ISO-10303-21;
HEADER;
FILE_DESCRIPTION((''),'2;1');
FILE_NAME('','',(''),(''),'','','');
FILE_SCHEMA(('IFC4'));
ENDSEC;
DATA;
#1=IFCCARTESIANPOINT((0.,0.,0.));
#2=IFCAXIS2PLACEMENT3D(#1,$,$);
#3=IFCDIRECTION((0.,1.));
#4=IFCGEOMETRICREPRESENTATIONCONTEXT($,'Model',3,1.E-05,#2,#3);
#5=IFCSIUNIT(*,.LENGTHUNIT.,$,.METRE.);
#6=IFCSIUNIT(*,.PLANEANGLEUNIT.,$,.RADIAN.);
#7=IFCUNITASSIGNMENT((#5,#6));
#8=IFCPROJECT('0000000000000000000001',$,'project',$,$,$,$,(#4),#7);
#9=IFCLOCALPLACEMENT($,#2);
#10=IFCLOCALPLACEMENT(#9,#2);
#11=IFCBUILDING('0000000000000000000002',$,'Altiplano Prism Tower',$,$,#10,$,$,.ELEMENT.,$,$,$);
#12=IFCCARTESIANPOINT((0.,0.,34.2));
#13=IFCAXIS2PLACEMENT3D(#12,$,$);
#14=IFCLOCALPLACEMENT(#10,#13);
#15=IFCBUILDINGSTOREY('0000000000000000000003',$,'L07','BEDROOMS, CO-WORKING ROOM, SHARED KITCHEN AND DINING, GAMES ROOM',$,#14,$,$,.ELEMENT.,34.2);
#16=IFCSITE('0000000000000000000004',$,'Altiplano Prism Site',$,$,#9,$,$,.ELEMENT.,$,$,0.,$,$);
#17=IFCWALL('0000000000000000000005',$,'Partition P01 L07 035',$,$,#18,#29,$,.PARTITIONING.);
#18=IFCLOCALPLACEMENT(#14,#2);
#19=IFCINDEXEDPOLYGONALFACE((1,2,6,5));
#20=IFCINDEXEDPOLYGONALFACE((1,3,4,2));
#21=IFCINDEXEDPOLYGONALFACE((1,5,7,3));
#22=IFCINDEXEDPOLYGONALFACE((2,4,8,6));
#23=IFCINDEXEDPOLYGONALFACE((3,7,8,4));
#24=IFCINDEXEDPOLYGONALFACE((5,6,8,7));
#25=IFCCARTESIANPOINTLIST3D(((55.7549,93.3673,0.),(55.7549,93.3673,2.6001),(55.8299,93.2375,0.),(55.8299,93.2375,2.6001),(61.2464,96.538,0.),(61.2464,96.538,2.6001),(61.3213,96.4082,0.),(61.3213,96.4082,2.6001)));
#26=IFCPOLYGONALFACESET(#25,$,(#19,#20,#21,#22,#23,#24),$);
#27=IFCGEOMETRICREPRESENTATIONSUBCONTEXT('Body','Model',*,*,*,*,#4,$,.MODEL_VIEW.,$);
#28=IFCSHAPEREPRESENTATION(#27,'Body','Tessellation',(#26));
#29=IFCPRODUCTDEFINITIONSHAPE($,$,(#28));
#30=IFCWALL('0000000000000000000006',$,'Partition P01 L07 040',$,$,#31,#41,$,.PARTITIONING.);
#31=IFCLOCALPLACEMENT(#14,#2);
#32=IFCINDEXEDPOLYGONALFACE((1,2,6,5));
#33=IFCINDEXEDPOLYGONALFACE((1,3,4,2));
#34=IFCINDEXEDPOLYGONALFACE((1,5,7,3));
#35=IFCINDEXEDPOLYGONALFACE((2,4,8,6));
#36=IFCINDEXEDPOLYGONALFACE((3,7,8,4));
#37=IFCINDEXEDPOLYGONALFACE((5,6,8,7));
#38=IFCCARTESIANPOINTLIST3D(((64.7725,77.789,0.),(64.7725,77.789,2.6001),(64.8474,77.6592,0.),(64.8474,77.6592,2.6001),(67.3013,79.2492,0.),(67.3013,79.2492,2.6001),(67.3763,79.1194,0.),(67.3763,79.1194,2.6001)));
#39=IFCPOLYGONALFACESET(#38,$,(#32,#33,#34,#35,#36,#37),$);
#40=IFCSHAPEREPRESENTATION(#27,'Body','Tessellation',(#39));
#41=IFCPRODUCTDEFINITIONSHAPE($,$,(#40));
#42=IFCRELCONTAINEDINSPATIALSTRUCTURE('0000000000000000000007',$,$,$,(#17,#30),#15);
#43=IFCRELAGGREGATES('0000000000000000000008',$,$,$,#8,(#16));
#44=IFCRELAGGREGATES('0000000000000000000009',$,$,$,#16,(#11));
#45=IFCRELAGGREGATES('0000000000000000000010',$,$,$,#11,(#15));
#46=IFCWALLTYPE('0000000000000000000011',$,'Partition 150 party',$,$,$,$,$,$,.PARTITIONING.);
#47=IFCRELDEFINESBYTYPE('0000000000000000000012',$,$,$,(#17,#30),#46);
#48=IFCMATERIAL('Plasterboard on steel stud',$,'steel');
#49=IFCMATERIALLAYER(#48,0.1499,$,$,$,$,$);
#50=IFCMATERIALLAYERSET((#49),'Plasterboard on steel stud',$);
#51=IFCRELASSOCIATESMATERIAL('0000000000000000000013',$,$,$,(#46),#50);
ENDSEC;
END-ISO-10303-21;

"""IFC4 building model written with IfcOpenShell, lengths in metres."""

from ifc_helpers import new_model, si_unit, direction, frame, frame_2d, origin, place, context, subcontext, project, spatial, rectangle, extrude, material, layer, layer_set, type_object, element, save


model = new_model("IFC4")

# Units and contexts
model_context = context("Model", 3, precision=1e-05, world=origin(), true_north=direction((0.0, 1.0)))
body_context = subcontext(model_context, "Body", "Model", "MODEL_VIEW")
ifc_project = project(units=[si_unit("LENGTHUNIT", "METRE"), si_unit("PLANEANGLEUNIT", "RADIAN")], contexts=[model_context])

# Site, building, storey
site_placement = place(None, origin())
site = spatial("IfcSite", under=ifc_project, at=site_placement, Name="Altiplano Prism Site", CompositionType="ELEMENT", RefElevation=0.0)
building_placement = place(site_placement, origin())
building = spatial("IfcBuilding", under=site, at=building_placement, Name="Altiplano Prism Tower", CompositionType="ELEMENT")
storey_placement = place(building_placement, frame((0.0, 0.0, 34.2)))
storey = spatial("IfcBuildingStorey", under=building, at=storey_placement, Name="L07", Description="BEDROOMS, CO-WORKING ROOM, SHARED KITCHEN AND DINING, GAMES ROOM", CompositionType="ELEMENT", Elevation=34.2)

# Shared definitions
ifc_material_1 = material(Name="Plasterboard on steel stud", Category="steel")

# Walls
ifc_layer_1 = layer(ifc_material_1, 0.1499)
ifc_layer_set_1 = layer_set([ifc_layer_1], Name="Plasterboard on steel stud")
wall_type_1 = type_object("IfcWallType", Name="Partition 150 party", PredefinedType="PARTITIONING", material=ifc_layer_set_1)
wall_1_placement = place(storey_placement, frame((55.7925, 93.3025, 0.0), z_axis=(0.0, 0.0, 1.0), x_axis=(0.866014, 0.500019, 0.0)))
element("IfcWall", 1, at=wall_1_placement, inside=storey, type_object=wall_type_1, Name="Partition P01 L07 035", PredefinedType="PARTITIONING", context=body_context, shape_type="SweptSolid", body=[
    extrude(rectangle(XDim=6.3411, YDim=0.1499, at=frame_2d((3.1704, 0.0))), origin(), (0.0, 0.0, 1.0), 2.6001),
])
wall_2_placement = place(storey_placement, frame((64.8101, 77.7241, 0.0), z_axis=(0.0, 0.0, 1.0), x_axis=(0.865996, 0.500051, 0.0)))
element("IfcWall", 2, at=wall_2_placement, inside=storey, type_object=wall_type_1, Name="Partition P01 L07 040", PredefinedType="PARTITIONING", context=body_context, shape_type="SweptSolid", body=[
    extrude(rectangle(XDim=2.9202, YDim=0.1499, at=frame_2d((1.46, 0.0))), origin(), (0.0, 0.0, 1.0), 2.6001),
])

save(model, "model.ifc")
